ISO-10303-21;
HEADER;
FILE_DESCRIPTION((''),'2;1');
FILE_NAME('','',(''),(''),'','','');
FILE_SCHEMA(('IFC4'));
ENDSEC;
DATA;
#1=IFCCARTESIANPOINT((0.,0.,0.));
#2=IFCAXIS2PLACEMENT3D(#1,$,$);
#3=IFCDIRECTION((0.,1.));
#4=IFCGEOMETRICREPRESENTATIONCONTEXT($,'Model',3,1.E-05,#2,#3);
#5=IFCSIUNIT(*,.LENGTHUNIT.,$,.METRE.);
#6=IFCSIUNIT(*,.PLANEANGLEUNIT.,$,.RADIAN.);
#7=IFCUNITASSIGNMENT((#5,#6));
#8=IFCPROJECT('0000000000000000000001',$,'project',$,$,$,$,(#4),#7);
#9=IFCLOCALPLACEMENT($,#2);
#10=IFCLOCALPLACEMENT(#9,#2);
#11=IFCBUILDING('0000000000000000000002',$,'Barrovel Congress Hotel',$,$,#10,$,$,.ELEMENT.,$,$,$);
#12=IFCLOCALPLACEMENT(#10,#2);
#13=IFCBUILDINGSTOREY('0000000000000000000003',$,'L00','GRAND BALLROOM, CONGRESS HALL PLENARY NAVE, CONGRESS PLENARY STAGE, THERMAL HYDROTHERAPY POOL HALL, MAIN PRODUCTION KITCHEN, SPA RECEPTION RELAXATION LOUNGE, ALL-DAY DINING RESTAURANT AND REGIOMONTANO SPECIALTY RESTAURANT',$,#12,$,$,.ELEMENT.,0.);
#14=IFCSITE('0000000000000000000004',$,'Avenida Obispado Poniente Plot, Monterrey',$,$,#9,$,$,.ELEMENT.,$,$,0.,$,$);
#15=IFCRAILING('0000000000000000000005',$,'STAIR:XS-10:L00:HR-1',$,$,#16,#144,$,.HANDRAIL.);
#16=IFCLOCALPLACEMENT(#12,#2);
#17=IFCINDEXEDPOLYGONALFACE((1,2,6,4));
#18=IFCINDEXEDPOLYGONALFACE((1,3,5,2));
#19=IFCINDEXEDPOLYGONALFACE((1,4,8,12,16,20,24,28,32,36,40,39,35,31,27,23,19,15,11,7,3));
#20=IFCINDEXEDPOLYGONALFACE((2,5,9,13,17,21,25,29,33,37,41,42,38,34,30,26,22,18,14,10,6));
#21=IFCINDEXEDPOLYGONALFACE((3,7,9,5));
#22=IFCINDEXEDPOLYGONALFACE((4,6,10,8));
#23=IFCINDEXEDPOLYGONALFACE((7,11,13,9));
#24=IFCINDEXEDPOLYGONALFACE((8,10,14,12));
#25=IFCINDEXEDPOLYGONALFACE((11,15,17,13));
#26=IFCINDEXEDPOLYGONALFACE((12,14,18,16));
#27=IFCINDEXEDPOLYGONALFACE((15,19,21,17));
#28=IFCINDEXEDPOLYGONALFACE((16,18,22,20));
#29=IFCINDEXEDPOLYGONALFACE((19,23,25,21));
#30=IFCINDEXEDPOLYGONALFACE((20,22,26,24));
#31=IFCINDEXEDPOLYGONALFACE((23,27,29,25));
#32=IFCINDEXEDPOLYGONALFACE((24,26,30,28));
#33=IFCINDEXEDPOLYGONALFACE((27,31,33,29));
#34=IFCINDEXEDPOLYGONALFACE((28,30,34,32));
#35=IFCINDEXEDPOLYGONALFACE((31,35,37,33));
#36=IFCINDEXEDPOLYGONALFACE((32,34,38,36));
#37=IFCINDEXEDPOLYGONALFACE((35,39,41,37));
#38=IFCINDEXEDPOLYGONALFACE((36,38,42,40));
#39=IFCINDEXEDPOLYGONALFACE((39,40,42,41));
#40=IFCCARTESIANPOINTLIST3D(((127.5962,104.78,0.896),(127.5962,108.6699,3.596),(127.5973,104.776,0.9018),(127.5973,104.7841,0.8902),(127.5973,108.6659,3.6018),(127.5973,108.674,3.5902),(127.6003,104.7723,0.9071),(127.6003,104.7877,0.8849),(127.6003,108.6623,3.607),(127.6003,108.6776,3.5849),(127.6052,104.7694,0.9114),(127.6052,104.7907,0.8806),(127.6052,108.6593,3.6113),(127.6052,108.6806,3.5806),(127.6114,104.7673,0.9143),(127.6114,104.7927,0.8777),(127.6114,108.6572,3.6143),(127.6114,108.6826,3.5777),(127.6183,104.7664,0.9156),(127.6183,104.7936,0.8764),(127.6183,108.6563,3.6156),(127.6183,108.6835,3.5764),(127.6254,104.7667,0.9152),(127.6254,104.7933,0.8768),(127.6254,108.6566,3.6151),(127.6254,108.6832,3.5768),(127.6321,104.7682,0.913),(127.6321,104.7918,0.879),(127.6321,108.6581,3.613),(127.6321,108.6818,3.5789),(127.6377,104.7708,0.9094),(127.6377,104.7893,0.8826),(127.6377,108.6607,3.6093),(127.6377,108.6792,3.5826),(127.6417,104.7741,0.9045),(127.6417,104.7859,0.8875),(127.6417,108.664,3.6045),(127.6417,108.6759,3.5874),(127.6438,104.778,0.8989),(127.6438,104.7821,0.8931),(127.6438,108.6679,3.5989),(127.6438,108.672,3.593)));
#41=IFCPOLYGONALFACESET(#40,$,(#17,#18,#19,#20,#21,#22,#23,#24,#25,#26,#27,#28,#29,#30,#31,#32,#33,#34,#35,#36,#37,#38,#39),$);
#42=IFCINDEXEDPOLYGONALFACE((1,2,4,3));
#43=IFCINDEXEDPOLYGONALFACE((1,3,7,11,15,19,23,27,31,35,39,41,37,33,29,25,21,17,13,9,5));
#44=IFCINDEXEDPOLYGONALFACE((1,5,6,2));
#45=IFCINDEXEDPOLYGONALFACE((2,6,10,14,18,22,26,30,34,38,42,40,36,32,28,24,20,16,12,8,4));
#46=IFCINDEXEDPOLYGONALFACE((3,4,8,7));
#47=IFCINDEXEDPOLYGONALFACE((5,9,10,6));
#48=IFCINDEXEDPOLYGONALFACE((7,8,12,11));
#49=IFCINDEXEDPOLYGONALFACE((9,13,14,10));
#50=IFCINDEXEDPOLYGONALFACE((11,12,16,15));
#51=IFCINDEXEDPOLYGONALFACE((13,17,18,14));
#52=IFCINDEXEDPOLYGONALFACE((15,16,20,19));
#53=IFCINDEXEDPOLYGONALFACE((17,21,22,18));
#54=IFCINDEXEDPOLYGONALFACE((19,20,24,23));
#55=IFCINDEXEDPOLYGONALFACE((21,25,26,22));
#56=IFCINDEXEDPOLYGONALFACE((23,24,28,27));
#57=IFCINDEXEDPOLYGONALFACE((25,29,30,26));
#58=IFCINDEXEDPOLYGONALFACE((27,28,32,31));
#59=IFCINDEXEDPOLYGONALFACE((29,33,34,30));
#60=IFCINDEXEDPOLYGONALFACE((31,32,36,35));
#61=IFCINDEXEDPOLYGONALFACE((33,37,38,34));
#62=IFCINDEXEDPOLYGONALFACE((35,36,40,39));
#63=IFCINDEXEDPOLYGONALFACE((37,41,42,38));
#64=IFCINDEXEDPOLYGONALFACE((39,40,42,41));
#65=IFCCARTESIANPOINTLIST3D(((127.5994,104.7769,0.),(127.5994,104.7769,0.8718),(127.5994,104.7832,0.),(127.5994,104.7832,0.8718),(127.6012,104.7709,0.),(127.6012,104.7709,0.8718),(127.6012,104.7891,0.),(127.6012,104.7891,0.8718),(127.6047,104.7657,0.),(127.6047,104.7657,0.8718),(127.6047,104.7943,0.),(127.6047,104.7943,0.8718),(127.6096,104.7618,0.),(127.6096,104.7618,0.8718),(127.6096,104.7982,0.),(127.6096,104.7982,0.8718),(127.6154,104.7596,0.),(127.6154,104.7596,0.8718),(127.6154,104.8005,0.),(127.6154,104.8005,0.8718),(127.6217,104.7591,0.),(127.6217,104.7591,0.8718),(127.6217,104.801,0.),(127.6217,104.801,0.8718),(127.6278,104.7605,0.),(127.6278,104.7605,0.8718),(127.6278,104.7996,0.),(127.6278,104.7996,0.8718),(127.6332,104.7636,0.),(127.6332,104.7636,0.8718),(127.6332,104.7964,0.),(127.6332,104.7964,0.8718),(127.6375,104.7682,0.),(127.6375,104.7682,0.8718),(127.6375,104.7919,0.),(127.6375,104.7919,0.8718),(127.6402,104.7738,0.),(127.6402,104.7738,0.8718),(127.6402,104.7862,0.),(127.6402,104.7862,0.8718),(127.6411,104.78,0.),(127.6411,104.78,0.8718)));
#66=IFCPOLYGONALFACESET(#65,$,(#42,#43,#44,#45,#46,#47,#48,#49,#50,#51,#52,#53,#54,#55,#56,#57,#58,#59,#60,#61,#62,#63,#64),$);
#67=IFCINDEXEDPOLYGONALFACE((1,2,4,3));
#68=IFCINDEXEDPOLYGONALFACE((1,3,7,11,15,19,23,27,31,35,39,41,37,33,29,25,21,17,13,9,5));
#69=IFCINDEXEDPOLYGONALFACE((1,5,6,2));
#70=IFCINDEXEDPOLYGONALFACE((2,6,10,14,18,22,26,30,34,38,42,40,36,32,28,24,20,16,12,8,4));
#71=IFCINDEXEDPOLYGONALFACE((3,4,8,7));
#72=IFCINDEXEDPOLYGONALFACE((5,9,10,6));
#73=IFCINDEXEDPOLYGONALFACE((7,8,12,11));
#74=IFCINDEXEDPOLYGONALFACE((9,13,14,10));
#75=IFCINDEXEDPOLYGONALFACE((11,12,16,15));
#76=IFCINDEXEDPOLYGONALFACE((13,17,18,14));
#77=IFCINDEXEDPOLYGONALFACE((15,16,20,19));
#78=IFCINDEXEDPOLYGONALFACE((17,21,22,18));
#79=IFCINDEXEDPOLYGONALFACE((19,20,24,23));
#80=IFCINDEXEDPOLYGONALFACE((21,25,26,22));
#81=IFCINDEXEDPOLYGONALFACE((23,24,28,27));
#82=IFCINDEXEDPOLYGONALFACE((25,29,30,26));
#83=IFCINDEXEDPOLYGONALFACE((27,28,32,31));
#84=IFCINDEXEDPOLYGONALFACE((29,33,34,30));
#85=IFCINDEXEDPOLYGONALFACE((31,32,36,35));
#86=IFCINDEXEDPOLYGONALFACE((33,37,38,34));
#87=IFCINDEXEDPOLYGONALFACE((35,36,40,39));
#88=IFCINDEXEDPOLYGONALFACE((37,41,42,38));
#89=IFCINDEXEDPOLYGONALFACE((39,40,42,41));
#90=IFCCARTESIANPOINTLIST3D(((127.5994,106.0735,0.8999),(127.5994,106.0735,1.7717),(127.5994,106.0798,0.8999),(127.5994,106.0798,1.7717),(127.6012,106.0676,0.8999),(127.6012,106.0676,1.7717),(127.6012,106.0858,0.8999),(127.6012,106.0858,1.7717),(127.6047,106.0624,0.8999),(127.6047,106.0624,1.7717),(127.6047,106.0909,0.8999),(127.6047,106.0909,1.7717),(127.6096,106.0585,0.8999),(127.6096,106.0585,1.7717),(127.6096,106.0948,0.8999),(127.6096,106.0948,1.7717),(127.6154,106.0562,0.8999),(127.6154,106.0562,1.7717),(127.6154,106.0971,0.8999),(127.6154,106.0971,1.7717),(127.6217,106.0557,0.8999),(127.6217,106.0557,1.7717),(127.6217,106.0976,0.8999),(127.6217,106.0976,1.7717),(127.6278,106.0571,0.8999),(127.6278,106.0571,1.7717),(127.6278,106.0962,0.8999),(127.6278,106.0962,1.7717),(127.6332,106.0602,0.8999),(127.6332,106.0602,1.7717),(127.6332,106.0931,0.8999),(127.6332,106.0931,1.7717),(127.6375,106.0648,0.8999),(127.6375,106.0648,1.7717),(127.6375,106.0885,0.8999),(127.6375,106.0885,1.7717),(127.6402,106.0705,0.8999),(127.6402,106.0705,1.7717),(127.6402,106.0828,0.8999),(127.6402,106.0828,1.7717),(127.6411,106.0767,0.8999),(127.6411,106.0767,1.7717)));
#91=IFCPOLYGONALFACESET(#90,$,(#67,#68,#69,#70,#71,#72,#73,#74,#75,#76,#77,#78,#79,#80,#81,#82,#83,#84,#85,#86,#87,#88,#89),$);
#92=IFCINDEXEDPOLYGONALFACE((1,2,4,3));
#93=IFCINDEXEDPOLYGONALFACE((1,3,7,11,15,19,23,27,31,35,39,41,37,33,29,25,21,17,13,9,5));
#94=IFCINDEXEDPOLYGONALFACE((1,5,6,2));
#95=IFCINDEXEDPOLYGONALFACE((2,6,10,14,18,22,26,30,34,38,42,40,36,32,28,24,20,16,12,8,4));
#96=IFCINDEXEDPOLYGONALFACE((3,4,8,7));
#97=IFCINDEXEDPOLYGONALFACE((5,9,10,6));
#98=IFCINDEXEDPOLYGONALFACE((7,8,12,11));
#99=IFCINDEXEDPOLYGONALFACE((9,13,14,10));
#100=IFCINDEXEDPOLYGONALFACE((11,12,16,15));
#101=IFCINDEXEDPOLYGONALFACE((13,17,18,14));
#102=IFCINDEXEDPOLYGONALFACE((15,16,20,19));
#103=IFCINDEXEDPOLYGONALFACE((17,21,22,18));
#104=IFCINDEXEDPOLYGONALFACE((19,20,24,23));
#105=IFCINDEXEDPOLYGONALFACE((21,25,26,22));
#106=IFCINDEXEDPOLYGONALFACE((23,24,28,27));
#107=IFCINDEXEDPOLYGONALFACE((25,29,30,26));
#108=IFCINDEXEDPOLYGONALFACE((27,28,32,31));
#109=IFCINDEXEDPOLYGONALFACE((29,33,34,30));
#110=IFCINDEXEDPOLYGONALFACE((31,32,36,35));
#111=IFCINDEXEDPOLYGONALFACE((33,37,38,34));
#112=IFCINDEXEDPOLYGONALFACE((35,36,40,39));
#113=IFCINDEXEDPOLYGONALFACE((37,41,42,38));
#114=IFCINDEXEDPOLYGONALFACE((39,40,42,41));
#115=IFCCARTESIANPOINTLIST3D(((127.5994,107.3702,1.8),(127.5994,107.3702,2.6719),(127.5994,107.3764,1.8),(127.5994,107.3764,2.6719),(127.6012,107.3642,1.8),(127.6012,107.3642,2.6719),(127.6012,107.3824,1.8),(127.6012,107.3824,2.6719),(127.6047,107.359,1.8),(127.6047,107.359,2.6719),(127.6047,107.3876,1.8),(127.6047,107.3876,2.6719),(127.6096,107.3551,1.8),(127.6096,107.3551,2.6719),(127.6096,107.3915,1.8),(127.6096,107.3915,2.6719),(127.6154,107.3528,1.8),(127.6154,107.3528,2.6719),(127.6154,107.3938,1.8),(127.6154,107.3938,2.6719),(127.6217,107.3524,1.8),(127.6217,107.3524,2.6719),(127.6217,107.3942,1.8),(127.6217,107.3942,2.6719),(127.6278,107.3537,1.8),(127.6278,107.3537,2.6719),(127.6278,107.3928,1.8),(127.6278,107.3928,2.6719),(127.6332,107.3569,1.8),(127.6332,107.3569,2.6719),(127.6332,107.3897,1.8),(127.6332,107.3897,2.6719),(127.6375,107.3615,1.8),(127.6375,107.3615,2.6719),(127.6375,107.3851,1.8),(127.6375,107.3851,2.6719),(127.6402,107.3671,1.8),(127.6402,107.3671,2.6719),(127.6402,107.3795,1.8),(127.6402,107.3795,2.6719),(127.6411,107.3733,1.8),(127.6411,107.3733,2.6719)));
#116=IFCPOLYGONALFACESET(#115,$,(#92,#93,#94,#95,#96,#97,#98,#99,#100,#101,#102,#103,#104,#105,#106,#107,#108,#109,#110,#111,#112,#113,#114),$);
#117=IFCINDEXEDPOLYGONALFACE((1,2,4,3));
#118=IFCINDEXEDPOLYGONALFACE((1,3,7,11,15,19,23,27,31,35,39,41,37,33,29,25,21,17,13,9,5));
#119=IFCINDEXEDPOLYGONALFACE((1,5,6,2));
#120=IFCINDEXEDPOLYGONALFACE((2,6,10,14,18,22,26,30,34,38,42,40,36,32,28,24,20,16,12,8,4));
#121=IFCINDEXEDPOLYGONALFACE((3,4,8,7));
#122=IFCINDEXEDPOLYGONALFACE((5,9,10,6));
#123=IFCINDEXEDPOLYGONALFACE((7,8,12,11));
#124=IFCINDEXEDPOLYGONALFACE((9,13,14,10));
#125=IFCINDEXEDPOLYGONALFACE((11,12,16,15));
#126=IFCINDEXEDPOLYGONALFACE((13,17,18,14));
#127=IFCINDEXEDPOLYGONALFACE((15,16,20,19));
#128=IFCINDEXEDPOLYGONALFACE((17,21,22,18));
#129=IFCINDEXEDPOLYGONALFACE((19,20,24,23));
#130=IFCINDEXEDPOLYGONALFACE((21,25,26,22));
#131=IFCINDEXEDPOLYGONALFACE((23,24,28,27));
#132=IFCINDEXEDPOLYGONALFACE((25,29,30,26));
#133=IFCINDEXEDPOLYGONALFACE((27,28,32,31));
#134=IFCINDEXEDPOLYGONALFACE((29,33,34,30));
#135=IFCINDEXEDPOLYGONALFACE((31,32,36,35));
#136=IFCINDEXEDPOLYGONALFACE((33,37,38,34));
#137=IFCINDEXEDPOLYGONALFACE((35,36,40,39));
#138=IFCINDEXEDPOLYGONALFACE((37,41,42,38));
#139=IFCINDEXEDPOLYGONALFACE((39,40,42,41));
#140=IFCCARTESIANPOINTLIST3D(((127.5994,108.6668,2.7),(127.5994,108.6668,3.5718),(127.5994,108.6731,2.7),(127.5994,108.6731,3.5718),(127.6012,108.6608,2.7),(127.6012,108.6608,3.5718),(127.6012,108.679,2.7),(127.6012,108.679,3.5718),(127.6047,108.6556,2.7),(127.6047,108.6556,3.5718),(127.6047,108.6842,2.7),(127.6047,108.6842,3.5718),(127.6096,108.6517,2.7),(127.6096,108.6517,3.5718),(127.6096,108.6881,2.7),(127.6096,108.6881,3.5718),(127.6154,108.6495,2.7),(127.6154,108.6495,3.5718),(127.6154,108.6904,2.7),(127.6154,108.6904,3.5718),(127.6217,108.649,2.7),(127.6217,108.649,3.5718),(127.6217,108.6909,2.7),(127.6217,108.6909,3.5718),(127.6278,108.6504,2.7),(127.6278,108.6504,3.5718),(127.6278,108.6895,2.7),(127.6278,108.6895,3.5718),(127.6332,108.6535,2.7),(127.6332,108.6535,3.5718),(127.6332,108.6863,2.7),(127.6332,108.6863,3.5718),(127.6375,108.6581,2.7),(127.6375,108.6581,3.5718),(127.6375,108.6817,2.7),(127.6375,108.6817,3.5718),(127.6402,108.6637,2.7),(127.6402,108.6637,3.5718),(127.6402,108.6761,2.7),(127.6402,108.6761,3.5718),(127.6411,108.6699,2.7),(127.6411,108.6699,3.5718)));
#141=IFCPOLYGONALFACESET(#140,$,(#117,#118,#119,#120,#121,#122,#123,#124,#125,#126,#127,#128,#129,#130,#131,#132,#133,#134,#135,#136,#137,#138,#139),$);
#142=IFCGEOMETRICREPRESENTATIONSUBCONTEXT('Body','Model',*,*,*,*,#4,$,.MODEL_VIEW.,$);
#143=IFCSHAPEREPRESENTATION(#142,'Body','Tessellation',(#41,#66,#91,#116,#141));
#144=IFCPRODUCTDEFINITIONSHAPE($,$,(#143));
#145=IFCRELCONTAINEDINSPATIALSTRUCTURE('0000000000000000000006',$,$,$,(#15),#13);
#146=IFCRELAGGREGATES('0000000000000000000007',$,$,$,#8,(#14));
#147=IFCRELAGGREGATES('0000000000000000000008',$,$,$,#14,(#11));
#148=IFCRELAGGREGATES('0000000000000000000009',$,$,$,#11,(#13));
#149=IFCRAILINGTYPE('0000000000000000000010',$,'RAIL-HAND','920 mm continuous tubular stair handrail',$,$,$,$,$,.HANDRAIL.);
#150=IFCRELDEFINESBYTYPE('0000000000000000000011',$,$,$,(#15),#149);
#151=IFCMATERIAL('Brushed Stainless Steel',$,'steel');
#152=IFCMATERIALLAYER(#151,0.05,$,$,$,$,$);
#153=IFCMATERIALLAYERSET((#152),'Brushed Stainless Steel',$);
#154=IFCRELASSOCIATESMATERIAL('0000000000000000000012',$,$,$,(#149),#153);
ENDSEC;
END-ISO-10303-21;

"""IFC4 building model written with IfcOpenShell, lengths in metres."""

from ifc_helpers import new_model, si_unit, direction, frame, origin, origin_2d, place, context, subcontext, project, spatial, circle, extrude, material, layer, layer_set, type_object, element, save


model = new_model("IFC4")

# Units and contexts
model_context = context("Model", 3, precision=1e-05, world=origin(), true_north=direction((0.0, 1.0)))
body_context = subcontext(model_context, "Body", "Model", "MODEL_VIEW")
ifc_project = project(units=[si_unit("LENGTHUNIT", "METRE"), si_unit("PLANEANGLEUNIT", "RADIAN")], contexts=[model_context])

# Site, building, storey
site_placement = place(None, origin())
site = spatial("IfcSite", under=ifc_project, at=site_placement, Name="Avenida Obispado Poniente Plot, Monterrey", CompositionType="ELEMENT", RefElevation=0.0)
building_placement = place(site_placement, origin())
building = spatial("IfcBuilding", under=site, at=building_placement, Name="Barrovel Congress Hotel", CompositionType="ELEMENT")
storey_placement = place(building_placement, origin())
storey = spatial("IfcBuildingStorey", under=building, at=storey_placement, Name="L00", Description="GRAND BALLROOM, CONGRESS HALL PLENARY NAVE, CONGRESS PLENARY STAGE, THERMAL HYDROTHERAPY POOL HALL, MAIN PRODUCTION KITCHEN, SPA RECEPTION RELAXATION LOUNGE, ALL-DAY DINING RESTAURANT AND REGIOMONTANO SPECIALTY RESTAURANT", CompositionType="ELEMENT", Elevation=0.0)

# Railing
ifc_material_1 = material(Name="Brushed Stainless Steel", Category="steel")
ifc_layer_1 = layer(ifc_material_1, 0.05)
ifc_layer_set_1 = layer_set([ifc_layer_1], Name="Brushed Stainless Steel")
railing_type_1 = type_object("IfcRailingType", Name="RAIL-HAND", Description="920 mm continuous tubular stair handrail", PredefinedType="HANDRAIL", material=ifc_layer_set_1)
railing_1_placement = place(storey_placement, frame((127.6201, 104.78, 0.0)))
element("IfcRailing", 1, at=railing_1_placement, inside=storey, type_object=railing_type_1, Name="STAIR:XS-10:L00:HR-1", PredefinedType="HANDRAIL", context=body_context, shape_type="SweptSolid", body=[
    extrude(circle(Radius=0.0239, at=origin_2d()), frame((0.0, 0.0, 0.896), z_axis=(0.0, 0.821505, 0.570202), x_axis=(-1.0, 0.0, 0.0)), (0.0, 0.0, 1.0), 4.7351),
    extrude(circle(Radius=0.021, at=origin_2d()), origin(), (0.0, 0.0, 1.0), 0.8718),
    extrude(circle(Radius=0.021, at=origin_2d()), frame((0.0, 1.2966, 0.8999)), (0.0, 0.0, 1.0), 0.8718),
    extrude(circle(Radius=0.021, at=origin_2d()), frame((0.0, 2.5933, 1.8)), (0.0, 0.0, 1.0), 0.8718),
    extrude(circle(Radius=0.021, at=origin_2d()), frame((0.0, 3.8899, 2.7)), (0.0, 0.0, 1.0), 0.8718),
])

save(model, "model.ifc")
